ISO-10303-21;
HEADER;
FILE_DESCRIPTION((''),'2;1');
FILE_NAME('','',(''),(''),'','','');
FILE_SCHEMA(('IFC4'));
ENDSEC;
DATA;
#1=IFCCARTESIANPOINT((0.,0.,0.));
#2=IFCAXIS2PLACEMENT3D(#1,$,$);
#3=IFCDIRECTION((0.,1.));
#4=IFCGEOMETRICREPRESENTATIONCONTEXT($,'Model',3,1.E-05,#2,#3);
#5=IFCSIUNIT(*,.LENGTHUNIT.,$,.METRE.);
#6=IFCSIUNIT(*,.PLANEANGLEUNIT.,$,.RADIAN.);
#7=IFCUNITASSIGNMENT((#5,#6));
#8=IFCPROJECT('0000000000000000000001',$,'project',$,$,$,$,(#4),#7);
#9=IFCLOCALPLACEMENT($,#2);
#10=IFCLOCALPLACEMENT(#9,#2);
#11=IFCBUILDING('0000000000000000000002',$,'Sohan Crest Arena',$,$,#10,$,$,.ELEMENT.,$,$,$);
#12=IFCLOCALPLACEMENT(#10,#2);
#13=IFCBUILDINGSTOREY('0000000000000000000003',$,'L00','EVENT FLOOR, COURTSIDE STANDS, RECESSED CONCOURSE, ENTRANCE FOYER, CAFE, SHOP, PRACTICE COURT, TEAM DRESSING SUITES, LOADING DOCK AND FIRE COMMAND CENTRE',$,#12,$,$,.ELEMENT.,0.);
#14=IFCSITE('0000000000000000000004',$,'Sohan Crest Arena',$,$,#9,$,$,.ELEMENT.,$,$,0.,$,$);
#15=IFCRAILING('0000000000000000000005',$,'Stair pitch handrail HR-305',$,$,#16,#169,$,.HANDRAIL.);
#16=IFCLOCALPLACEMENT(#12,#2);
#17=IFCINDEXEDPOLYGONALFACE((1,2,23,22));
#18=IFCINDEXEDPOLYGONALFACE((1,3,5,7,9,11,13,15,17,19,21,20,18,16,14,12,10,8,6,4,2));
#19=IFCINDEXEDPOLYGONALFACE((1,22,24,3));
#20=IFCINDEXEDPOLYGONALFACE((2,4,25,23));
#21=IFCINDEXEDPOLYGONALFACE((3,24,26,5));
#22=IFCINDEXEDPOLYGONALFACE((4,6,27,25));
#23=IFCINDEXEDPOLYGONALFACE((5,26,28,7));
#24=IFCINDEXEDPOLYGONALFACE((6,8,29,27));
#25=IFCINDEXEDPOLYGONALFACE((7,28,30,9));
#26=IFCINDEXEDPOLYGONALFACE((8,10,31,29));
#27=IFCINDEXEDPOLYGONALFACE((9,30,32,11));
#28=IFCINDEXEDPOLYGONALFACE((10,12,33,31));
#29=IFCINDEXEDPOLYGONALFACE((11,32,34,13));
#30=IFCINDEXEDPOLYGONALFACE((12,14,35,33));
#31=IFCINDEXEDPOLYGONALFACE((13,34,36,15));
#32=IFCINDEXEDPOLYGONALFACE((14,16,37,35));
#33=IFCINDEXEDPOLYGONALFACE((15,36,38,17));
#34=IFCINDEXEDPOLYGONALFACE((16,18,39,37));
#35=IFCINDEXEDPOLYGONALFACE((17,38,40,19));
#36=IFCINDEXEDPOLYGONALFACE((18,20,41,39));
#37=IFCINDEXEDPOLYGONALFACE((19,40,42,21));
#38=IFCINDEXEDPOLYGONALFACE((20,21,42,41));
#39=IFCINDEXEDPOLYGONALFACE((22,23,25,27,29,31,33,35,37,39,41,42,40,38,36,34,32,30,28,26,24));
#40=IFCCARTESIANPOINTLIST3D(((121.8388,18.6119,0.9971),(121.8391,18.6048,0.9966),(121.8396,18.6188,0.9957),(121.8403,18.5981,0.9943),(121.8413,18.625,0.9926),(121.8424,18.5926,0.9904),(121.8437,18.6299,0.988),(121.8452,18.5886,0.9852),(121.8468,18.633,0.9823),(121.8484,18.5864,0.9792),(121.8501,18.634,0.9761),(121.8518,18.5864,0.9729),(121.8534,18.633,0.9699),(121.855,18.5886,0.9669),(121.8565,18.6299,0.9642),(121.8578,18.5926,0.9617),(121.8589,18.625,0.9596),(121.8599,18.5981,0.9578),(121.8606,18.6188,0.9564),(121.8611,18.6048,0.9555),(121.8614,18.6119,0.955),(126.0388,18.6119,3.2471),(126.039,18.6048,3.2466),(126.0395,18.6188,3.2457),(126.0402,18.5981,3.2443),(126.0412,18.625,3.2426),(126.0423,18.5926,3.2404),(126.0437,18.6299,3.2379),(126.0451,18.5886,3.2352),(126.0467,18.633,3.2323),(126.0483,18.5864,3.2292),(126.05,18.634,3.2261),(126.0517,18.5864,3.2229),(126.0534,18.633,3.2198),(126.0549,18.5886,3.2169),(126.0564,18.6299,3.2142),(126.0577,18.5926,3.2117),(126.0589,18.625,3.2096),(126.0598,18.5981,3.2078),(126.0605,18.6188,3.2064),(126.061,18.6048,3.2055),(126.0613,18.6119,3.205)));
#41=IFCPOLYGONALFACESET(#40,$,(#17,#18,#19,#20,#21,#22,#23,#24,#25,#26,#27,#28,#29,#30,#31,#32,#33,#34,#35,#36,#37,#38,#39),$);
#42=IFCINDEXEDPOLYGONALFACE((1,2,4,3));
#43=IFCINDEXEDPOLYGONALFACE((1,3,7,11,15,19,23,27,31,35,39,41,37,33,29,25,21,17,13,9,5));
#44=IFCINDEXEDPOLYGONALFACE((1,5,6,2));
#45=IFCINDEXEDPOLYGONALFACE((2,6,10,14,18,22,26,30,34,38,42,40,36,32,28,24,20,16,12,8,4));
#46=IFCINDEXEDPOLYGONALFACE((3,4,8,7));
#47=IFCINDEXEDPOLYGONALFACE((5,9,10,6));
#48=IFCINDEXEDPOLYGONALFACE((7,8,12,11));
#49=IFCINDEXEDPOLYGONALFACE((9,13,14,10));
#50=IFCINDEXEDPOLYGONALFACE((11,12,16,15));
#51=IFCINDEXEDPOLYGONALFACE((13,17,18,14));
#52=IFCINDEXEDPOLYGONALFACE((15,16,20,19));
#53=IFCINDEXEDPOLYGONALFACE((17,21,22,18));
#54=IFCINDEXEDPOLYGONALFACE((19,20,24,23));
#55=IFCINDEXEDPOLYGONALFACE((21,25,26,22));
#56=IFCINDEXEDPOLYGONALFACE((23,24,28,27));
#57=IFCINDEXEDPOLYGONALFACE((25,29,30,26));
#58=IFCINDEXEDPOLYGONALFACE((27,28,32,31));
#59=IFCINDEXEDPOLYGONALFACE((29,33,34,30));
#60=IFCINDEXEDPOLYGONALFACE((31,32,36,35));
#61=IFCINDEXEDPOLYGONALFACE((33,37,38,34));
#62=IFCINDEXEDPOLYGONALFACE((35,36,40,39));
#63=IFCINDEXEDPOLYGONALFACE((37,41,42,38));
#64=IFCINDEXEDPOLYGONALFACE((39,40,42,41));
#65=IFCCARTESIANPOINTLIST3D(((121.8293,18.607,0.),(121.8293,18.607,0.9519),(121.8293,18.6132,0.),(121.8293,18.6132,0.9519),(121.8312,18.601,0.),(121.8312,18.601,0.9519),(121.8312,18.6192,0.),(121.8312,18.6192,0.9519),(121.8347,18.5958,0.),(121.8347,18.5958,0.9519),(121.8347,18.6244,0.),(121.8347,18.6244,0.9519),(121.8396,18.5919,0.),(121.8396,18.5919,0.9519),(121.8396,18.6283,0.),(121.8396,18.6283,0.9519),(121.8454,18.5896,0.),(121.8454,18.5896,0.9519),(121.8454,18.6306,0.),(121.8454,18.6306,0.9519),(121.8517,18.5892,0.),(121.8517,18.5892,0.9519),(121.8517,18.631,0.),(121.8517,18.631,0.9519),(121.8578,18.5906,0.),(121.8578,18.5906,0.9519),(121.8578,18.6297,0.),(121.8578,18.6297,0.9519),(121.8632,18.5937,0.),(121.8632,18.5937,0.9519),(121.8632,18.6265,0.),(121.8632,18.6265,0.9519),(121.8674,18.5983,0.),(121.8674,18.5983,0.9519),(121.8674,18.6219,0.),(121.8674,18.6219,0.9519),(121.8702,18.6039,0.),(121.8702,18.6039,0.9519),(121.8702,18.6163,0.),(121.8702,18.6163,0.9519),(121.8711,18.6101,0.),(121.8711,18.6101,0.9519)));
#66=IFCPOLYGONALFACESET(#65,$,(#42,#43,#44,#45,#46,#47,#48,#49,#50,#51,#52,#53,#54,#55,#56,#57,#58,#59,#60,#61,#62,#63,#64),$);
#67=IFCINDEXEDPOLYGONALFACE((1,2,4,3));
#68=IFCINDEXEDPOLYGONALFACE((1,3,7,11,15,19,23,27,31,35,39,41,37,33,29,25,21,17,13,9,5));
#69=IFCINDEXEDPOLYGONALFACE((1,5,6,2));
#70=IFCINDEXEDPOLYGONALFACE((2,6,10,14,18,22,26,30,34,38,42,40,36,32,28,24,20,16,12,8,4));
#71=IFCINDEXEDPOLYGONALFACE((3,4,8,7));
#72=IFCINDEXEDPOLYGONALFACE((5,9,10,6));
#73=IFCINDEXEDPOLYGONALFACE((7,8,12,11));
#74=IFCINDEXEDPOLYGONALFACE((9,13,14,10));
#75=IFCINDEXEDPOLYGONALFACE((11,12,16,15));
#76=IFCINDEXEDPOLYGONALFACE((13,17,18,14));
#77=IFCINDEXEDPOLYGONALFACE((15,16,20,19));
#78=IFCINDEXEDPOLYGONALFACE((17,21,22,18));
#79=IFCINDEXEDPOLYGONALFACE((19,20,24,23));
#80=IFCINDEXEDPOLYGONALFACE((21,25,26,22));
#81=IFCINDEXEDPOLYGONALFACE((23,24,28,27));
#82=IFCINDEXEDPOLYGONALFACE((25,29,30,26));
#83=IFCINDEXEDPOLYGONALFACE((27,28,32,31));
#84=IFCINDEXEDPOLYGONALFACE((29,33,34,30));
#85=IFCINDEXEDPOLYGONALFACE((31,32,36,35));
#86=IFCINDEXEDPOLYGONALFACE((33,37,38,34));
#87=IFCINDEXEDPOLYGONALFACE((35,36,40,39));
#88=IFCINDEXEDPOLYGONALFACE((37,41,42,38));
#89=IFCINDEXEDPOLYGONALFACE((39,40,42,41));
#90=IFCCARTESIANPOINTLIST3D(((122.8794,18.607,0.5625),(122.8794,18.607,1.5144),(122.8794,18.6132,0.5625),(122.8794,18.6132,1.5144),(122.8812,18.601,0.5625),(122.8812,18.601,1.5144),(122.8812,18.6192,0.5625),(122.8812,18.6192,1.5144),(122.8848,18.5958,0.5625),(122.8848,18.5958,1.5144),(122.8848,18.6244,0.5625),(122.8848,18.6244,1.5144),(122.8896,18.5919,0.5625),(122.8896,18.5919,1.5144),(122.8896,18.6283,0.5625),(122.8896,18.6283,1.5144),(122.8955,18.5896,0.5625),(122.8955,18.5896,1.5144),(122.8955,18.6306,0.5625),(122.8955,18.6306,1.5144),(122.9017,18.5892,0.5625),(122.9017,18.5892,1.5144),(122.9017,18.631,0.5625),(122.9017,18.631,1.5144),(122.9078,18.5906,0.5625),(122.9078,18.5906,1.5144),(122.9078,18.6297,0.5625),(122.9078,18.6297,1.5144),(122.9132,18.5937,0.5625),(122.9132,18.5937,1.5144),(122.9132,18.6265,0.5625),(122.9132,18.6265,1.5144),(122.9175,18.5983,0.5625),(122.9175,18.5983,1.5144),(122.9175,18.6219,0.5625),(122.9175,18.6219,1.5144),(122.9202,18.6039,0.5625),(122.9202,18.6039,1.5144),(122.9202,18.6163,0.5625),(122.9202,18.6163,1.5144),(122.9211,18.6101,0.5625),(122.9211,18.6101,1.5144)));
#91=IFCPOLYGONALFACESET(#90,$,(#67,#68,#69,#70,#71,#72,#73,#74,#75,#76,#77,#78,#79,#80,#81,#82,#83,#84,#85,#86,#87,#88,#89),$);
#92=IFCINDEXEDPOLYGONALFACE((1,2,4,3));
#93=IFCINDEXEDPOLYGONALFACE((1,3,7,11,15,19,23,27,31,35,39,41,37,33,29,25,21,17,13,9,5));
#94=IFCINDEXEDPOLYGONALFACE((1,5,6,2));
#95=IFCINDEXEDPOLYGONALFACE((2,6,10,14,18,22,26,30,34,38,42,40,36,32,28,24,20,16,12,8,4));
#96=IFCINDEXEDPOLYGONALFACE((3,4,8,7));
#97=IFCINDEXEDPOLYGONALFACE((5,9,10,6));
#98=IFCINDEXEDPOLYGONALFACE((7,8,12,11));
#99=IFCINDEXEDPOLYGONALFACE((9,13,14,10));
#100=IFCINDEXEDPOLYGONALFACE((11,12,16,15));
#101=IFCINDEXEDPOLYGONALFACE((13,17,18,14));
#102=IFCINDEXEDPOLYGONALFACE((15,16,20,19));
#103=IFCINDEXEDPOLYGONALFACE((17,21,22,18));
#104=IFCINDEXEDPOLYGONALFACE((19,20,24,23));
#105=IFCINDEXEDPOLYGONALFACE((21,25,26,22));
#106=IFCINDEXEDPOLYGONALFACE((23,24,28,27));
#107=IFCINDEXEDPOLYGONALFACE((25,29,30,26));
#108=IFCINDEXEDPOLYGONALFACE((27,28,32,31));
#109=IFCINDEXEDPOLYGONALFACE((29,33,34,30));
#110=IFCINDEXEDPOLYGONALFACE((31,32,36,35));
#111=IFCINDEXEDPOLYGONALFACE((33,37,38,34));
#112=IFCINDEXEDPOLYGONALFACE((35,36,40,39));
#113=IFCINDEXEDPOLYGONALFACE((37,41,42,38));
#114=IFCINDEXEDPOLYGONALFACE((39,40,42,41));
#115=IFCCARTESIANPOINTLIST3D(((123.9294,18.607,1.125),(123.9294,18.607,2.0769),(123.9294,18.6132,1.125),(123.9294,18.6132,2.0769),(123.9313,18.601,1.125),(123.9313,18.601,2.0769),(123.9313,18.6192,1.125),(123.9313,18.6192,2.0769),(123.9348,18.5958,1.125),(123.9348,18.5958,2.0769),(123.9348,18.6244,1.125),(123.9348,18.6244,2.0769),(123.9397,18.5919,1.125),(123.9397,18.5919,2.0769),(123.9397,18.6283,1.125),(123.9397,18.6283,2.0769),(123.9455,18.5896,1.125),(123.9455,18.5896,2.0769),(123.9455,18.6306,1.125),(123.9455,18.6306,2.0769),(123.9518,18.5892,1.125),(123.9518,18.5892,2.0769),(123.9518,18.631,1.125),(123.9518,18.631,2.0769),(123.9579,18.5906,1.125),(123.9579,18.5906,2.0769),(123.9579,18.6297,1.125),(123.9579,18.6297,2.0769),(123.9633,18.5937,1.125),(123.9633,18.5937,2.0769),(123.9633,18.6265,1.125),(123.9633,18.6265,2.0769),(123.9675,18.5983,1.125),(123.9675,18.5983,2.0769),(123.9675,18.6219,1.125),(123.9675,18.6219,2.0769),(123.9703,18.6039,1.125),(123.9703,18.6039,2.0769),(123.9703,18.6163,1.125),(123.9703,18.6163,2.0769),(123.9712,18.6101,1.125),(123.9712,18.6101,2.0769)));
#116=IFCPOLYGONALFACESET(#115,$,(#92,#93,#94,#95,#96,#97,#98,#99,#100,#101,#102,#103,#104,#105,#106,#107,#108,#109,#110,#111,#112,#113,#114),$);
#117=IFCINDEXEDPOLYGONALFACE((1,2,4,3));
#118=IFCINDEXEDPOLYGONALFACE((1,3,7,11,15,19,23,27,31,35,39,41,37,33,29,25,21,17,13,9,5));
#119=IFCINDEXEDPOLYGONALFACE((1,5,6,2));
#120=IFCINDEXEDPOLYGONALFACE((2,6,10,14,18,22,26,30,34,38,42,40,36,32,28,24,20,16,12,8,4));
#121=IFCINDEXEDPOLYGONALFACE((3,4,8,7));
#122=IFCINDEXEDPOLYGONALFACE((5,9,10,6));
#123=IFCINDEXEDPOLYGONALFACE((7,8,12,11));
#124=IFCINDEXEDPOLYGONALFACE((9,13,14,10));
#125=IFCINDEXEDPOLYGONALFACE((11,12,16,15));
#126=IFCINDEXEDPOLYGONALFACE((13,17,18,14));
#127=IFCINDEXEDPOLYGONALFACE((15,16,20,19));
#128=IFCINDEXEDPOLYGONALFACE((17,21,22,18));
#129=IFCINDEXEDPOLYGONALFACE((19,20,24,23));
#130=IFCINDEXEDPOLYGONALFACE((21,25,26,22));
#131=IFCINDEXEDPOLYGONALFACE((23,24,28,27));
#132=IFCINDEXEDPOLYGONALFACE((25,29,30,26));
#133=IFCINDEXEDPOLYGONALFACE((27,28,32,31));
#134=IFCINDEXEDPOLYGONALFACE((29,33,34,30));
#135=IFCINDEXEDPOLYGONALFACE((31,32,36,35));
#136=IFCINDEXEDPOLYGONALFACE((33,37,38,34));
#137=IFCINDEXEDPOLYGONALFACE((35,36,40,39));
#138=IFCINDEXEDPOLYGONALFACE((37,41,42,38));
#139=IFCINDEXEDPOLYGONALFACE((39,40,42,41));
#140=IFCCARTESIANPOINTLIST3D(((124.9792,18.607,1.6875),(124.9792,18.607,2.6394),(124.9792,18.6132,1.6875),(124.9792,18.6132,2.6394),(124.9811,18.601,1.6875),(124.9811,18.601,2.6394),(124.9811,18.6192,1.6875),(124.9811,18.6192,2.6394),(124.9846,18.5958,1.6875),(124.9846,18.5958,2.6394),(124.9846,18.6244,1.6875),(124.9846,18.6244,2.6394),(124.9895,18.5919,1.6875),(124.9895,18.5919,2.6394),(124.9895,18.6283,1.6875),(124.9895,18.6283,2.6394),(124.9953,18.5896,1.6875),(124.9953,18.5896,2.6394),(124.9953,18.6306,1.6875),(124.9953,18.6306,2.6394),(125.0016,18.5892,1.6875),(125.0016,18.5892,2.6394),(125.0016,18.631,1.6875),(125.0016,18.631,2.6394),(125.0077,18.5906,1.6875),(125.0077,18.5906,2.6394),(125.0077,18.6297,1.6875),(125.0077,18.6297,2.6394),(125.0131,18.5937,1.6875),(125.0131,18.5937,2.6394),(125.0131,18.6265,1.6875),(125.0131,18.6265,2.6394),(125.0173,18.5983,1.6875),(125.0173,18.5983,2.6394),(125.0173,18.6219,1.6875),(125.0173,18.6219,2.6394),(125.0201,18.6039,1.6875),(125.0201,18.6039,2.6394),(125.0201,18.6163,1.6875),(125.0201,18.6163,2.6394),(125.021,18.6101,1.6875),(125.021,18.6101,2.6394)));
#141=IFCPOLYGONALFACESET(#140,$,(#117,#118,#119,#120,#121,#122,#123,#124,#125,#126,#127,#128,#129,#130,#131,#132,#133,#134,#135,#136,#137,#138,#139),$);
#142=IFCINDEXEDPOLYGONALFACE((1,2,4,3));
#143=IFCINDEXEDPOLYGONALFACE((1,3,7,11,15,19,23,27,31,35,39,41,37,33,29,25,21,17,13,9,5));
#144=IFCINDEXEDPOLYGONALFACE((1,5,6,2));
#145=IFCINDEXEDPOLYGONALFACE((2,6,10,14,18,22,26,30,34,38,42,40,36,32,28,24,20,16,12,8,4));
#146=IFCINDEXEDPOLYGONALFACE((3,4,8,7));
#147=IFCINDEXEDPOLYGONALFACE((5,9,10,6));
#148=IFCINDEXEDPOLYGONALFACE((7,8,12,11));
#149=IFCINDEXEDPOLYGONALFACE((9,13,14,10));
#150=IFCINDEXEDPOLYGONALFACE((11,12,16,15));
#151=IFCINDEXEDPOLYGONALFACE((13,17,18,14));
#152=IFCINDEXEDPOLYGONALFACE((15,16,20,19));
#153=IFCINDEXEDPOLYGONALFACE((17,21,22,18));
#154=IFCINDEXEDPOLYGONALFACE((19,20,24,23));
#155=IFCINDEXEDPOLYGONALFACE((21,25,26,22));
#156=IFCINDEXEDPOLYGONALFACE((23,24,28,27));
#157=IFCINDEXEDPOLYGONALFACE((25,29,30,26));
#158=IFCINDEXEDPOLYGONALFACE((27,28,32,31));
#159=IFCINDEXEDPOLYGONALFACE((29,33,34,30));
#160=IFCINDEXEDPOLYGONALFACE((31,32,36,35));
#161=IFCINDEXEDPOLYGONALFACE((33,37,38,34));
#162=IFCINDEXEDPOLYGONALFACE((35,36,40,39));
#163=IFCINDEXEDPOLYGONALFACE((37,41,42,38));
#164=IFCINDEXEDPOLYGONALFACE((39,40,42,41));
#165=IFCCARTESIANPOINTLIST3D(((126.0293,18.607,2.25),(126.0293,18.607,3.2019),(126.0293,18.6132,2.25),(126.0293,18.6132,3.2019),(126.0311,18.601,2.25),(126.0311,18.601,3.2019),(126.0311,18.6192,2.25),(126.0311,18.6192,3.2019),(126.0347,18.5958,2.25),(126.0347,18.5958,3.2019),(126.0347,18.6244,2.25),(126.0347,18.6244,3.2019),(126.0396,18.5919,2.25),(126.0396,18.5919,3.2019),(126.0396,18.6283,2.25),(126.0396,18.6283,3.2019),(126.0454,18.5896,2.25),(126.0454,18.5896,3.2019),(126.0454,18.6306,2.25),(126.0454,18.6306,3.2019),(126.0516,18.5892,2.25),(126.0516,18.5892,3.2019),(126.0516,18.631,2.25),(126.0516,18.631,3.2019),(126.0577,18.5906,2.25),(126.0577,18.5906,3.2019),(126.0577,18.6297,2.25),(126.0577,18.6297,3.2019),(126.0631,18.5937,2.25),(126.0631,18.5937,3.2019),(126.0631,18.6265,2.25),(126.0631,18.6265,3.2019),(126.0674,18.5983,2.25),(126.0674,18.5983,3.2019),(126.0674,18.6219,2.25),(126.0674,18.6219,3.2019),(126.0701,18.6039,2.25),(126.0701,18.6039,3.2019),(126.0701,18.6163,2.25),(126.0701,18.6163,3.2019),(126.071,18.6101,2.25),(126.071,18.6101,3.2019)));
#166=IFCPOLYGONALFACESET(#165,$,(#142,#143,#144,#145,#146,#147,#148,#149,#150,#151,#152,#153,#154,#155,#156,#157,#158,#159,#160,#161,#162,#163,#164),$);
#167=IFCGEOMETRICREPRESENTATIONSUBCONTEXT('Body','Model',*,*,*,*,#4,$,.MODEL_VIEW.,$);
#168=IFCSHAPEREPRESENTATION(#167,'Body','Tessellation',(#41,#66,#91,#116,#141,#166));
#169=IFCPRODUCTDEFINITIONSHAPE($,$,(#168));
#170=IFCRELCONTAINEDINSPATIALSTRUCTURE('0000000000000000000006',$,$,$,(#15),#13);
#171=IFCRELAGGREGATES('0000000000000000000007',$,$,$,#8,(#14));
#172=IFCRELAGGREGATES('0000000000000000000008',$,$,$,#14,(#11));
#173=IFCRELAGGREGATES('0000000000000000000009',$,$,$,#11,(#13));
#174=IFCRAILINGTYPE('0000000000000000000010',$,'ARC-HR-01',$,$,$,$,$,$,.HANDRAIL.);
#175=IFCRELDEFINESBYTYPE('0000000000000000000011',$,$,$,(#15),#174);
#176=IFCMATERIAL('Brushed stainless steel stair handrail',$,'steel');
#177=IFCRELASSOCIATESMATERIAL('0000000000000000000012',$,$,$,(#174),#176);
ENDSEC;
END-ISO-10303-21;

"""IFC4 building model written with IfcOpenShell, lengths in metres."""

from ifc_helpers import new_model, si_unit, direction, frame, origin, origin_2d, place, context, subcontext, project, spatial, circle, extrude, material, type_object, element, save


model = new_model("IFC4")

# Units and contexts
model_context = context("Model", 3, precision=1e-05, world=origin(), true_north=direction((0.0, 1.0)))
body_context = subcontext(model_context, "Body", "Model", "MODEL_VIEW")
ifc_project = project(units=[si_unit("LENGTHUNIT", "METRE"), si_unit("PLANEANGLEUNIT", "RADIAN")], contexts=[model_context])

# Site, building, storey
site_placement = place(None, origin())
site = spatial("IfcSite", under=ifc_project, at=site_placement, Name="Sohan Crest Arena", CompositionType="ELEMENT", RefElevation=0.0)
building_placement = place(site_placement, origin())
building = spatial("IfcBuilding", under=site, at=building_placement, Name="Sohan Crest Arena", CompositionType="ELEMENT")
storey_placement = place(building_placement, origin())
storey = spatial("IfcBuildingStorey", under=building, at=storey_placement, Name="L00", Description="EVENT FLOOR, COURTSIDE STANDS, RECESSED CONCOURSE, ENTRANCE FOYER, CAFE, SHOP, PRACTICE COURT, TEAM DRESSING SUITES, LOADING DOCK AND FIRE COMMAND CENTRE", CompositionType="ELEMENT", Elevation=0.0)

# Railing
ifc_material_1 = material(Name="Brushed stainless steel stair handrail", Category="steel")
railing_type = type_object("IfcRailingType", Name="ARC-HR-01", PredefinedType="HANDRAIL", material=ifc_material_1)
for number, where, name in (
    (1, (121.8501, 18.6101, 0.0), "Stair pitch handrail HR-305"),
):
    element("IfcRailing", number, at=place(storey_placement, frame(where)), inside=storey, type_object=railing_type, Name=name, PredefinedType="HANDRAIL", context=body_context, shape_type="SweptSolid", body=[
        extrude(circle(Radius=0.0239, at=origin_2d()), frame((0.0, 0.0, 0.9761), z_axis=(0.881478, 0.0, 0.472226), x_axis=(0.0, 1.0, 0.0)), (0.0, 0.0, 1.0), 4.7646),
        extrude(circle(Radius=0.021, at=origin_2d()), origin(), (0.0, 0.0, 1.0), 0.9519),
        extrude(circle(Radius=0.021, at=origin_2d()), frame((1.05, 0.0, 0.5625)), (0.0, 0.0, 1.0), 0.9519),
        extrude(circle(Radius=0.021, at=origin_2d()), frame((2.1001, 0.0, 1.125)), (0.0, 0.0, 1.0), 0.9519),
        extrude(circle(Radius=0.021, at=origin_2d()), frame((3.1499, 0.0, 1.6875)), (0.0, 0.0, 1.0), 0.9519),
        extrude(circle(Radius=0.021, at=origin_2d()), frame((4.2, 0.0, 2.25)), (0.0, 0.0, 1.0), 0.9519),
    ])

save(model, "model.ifc")
